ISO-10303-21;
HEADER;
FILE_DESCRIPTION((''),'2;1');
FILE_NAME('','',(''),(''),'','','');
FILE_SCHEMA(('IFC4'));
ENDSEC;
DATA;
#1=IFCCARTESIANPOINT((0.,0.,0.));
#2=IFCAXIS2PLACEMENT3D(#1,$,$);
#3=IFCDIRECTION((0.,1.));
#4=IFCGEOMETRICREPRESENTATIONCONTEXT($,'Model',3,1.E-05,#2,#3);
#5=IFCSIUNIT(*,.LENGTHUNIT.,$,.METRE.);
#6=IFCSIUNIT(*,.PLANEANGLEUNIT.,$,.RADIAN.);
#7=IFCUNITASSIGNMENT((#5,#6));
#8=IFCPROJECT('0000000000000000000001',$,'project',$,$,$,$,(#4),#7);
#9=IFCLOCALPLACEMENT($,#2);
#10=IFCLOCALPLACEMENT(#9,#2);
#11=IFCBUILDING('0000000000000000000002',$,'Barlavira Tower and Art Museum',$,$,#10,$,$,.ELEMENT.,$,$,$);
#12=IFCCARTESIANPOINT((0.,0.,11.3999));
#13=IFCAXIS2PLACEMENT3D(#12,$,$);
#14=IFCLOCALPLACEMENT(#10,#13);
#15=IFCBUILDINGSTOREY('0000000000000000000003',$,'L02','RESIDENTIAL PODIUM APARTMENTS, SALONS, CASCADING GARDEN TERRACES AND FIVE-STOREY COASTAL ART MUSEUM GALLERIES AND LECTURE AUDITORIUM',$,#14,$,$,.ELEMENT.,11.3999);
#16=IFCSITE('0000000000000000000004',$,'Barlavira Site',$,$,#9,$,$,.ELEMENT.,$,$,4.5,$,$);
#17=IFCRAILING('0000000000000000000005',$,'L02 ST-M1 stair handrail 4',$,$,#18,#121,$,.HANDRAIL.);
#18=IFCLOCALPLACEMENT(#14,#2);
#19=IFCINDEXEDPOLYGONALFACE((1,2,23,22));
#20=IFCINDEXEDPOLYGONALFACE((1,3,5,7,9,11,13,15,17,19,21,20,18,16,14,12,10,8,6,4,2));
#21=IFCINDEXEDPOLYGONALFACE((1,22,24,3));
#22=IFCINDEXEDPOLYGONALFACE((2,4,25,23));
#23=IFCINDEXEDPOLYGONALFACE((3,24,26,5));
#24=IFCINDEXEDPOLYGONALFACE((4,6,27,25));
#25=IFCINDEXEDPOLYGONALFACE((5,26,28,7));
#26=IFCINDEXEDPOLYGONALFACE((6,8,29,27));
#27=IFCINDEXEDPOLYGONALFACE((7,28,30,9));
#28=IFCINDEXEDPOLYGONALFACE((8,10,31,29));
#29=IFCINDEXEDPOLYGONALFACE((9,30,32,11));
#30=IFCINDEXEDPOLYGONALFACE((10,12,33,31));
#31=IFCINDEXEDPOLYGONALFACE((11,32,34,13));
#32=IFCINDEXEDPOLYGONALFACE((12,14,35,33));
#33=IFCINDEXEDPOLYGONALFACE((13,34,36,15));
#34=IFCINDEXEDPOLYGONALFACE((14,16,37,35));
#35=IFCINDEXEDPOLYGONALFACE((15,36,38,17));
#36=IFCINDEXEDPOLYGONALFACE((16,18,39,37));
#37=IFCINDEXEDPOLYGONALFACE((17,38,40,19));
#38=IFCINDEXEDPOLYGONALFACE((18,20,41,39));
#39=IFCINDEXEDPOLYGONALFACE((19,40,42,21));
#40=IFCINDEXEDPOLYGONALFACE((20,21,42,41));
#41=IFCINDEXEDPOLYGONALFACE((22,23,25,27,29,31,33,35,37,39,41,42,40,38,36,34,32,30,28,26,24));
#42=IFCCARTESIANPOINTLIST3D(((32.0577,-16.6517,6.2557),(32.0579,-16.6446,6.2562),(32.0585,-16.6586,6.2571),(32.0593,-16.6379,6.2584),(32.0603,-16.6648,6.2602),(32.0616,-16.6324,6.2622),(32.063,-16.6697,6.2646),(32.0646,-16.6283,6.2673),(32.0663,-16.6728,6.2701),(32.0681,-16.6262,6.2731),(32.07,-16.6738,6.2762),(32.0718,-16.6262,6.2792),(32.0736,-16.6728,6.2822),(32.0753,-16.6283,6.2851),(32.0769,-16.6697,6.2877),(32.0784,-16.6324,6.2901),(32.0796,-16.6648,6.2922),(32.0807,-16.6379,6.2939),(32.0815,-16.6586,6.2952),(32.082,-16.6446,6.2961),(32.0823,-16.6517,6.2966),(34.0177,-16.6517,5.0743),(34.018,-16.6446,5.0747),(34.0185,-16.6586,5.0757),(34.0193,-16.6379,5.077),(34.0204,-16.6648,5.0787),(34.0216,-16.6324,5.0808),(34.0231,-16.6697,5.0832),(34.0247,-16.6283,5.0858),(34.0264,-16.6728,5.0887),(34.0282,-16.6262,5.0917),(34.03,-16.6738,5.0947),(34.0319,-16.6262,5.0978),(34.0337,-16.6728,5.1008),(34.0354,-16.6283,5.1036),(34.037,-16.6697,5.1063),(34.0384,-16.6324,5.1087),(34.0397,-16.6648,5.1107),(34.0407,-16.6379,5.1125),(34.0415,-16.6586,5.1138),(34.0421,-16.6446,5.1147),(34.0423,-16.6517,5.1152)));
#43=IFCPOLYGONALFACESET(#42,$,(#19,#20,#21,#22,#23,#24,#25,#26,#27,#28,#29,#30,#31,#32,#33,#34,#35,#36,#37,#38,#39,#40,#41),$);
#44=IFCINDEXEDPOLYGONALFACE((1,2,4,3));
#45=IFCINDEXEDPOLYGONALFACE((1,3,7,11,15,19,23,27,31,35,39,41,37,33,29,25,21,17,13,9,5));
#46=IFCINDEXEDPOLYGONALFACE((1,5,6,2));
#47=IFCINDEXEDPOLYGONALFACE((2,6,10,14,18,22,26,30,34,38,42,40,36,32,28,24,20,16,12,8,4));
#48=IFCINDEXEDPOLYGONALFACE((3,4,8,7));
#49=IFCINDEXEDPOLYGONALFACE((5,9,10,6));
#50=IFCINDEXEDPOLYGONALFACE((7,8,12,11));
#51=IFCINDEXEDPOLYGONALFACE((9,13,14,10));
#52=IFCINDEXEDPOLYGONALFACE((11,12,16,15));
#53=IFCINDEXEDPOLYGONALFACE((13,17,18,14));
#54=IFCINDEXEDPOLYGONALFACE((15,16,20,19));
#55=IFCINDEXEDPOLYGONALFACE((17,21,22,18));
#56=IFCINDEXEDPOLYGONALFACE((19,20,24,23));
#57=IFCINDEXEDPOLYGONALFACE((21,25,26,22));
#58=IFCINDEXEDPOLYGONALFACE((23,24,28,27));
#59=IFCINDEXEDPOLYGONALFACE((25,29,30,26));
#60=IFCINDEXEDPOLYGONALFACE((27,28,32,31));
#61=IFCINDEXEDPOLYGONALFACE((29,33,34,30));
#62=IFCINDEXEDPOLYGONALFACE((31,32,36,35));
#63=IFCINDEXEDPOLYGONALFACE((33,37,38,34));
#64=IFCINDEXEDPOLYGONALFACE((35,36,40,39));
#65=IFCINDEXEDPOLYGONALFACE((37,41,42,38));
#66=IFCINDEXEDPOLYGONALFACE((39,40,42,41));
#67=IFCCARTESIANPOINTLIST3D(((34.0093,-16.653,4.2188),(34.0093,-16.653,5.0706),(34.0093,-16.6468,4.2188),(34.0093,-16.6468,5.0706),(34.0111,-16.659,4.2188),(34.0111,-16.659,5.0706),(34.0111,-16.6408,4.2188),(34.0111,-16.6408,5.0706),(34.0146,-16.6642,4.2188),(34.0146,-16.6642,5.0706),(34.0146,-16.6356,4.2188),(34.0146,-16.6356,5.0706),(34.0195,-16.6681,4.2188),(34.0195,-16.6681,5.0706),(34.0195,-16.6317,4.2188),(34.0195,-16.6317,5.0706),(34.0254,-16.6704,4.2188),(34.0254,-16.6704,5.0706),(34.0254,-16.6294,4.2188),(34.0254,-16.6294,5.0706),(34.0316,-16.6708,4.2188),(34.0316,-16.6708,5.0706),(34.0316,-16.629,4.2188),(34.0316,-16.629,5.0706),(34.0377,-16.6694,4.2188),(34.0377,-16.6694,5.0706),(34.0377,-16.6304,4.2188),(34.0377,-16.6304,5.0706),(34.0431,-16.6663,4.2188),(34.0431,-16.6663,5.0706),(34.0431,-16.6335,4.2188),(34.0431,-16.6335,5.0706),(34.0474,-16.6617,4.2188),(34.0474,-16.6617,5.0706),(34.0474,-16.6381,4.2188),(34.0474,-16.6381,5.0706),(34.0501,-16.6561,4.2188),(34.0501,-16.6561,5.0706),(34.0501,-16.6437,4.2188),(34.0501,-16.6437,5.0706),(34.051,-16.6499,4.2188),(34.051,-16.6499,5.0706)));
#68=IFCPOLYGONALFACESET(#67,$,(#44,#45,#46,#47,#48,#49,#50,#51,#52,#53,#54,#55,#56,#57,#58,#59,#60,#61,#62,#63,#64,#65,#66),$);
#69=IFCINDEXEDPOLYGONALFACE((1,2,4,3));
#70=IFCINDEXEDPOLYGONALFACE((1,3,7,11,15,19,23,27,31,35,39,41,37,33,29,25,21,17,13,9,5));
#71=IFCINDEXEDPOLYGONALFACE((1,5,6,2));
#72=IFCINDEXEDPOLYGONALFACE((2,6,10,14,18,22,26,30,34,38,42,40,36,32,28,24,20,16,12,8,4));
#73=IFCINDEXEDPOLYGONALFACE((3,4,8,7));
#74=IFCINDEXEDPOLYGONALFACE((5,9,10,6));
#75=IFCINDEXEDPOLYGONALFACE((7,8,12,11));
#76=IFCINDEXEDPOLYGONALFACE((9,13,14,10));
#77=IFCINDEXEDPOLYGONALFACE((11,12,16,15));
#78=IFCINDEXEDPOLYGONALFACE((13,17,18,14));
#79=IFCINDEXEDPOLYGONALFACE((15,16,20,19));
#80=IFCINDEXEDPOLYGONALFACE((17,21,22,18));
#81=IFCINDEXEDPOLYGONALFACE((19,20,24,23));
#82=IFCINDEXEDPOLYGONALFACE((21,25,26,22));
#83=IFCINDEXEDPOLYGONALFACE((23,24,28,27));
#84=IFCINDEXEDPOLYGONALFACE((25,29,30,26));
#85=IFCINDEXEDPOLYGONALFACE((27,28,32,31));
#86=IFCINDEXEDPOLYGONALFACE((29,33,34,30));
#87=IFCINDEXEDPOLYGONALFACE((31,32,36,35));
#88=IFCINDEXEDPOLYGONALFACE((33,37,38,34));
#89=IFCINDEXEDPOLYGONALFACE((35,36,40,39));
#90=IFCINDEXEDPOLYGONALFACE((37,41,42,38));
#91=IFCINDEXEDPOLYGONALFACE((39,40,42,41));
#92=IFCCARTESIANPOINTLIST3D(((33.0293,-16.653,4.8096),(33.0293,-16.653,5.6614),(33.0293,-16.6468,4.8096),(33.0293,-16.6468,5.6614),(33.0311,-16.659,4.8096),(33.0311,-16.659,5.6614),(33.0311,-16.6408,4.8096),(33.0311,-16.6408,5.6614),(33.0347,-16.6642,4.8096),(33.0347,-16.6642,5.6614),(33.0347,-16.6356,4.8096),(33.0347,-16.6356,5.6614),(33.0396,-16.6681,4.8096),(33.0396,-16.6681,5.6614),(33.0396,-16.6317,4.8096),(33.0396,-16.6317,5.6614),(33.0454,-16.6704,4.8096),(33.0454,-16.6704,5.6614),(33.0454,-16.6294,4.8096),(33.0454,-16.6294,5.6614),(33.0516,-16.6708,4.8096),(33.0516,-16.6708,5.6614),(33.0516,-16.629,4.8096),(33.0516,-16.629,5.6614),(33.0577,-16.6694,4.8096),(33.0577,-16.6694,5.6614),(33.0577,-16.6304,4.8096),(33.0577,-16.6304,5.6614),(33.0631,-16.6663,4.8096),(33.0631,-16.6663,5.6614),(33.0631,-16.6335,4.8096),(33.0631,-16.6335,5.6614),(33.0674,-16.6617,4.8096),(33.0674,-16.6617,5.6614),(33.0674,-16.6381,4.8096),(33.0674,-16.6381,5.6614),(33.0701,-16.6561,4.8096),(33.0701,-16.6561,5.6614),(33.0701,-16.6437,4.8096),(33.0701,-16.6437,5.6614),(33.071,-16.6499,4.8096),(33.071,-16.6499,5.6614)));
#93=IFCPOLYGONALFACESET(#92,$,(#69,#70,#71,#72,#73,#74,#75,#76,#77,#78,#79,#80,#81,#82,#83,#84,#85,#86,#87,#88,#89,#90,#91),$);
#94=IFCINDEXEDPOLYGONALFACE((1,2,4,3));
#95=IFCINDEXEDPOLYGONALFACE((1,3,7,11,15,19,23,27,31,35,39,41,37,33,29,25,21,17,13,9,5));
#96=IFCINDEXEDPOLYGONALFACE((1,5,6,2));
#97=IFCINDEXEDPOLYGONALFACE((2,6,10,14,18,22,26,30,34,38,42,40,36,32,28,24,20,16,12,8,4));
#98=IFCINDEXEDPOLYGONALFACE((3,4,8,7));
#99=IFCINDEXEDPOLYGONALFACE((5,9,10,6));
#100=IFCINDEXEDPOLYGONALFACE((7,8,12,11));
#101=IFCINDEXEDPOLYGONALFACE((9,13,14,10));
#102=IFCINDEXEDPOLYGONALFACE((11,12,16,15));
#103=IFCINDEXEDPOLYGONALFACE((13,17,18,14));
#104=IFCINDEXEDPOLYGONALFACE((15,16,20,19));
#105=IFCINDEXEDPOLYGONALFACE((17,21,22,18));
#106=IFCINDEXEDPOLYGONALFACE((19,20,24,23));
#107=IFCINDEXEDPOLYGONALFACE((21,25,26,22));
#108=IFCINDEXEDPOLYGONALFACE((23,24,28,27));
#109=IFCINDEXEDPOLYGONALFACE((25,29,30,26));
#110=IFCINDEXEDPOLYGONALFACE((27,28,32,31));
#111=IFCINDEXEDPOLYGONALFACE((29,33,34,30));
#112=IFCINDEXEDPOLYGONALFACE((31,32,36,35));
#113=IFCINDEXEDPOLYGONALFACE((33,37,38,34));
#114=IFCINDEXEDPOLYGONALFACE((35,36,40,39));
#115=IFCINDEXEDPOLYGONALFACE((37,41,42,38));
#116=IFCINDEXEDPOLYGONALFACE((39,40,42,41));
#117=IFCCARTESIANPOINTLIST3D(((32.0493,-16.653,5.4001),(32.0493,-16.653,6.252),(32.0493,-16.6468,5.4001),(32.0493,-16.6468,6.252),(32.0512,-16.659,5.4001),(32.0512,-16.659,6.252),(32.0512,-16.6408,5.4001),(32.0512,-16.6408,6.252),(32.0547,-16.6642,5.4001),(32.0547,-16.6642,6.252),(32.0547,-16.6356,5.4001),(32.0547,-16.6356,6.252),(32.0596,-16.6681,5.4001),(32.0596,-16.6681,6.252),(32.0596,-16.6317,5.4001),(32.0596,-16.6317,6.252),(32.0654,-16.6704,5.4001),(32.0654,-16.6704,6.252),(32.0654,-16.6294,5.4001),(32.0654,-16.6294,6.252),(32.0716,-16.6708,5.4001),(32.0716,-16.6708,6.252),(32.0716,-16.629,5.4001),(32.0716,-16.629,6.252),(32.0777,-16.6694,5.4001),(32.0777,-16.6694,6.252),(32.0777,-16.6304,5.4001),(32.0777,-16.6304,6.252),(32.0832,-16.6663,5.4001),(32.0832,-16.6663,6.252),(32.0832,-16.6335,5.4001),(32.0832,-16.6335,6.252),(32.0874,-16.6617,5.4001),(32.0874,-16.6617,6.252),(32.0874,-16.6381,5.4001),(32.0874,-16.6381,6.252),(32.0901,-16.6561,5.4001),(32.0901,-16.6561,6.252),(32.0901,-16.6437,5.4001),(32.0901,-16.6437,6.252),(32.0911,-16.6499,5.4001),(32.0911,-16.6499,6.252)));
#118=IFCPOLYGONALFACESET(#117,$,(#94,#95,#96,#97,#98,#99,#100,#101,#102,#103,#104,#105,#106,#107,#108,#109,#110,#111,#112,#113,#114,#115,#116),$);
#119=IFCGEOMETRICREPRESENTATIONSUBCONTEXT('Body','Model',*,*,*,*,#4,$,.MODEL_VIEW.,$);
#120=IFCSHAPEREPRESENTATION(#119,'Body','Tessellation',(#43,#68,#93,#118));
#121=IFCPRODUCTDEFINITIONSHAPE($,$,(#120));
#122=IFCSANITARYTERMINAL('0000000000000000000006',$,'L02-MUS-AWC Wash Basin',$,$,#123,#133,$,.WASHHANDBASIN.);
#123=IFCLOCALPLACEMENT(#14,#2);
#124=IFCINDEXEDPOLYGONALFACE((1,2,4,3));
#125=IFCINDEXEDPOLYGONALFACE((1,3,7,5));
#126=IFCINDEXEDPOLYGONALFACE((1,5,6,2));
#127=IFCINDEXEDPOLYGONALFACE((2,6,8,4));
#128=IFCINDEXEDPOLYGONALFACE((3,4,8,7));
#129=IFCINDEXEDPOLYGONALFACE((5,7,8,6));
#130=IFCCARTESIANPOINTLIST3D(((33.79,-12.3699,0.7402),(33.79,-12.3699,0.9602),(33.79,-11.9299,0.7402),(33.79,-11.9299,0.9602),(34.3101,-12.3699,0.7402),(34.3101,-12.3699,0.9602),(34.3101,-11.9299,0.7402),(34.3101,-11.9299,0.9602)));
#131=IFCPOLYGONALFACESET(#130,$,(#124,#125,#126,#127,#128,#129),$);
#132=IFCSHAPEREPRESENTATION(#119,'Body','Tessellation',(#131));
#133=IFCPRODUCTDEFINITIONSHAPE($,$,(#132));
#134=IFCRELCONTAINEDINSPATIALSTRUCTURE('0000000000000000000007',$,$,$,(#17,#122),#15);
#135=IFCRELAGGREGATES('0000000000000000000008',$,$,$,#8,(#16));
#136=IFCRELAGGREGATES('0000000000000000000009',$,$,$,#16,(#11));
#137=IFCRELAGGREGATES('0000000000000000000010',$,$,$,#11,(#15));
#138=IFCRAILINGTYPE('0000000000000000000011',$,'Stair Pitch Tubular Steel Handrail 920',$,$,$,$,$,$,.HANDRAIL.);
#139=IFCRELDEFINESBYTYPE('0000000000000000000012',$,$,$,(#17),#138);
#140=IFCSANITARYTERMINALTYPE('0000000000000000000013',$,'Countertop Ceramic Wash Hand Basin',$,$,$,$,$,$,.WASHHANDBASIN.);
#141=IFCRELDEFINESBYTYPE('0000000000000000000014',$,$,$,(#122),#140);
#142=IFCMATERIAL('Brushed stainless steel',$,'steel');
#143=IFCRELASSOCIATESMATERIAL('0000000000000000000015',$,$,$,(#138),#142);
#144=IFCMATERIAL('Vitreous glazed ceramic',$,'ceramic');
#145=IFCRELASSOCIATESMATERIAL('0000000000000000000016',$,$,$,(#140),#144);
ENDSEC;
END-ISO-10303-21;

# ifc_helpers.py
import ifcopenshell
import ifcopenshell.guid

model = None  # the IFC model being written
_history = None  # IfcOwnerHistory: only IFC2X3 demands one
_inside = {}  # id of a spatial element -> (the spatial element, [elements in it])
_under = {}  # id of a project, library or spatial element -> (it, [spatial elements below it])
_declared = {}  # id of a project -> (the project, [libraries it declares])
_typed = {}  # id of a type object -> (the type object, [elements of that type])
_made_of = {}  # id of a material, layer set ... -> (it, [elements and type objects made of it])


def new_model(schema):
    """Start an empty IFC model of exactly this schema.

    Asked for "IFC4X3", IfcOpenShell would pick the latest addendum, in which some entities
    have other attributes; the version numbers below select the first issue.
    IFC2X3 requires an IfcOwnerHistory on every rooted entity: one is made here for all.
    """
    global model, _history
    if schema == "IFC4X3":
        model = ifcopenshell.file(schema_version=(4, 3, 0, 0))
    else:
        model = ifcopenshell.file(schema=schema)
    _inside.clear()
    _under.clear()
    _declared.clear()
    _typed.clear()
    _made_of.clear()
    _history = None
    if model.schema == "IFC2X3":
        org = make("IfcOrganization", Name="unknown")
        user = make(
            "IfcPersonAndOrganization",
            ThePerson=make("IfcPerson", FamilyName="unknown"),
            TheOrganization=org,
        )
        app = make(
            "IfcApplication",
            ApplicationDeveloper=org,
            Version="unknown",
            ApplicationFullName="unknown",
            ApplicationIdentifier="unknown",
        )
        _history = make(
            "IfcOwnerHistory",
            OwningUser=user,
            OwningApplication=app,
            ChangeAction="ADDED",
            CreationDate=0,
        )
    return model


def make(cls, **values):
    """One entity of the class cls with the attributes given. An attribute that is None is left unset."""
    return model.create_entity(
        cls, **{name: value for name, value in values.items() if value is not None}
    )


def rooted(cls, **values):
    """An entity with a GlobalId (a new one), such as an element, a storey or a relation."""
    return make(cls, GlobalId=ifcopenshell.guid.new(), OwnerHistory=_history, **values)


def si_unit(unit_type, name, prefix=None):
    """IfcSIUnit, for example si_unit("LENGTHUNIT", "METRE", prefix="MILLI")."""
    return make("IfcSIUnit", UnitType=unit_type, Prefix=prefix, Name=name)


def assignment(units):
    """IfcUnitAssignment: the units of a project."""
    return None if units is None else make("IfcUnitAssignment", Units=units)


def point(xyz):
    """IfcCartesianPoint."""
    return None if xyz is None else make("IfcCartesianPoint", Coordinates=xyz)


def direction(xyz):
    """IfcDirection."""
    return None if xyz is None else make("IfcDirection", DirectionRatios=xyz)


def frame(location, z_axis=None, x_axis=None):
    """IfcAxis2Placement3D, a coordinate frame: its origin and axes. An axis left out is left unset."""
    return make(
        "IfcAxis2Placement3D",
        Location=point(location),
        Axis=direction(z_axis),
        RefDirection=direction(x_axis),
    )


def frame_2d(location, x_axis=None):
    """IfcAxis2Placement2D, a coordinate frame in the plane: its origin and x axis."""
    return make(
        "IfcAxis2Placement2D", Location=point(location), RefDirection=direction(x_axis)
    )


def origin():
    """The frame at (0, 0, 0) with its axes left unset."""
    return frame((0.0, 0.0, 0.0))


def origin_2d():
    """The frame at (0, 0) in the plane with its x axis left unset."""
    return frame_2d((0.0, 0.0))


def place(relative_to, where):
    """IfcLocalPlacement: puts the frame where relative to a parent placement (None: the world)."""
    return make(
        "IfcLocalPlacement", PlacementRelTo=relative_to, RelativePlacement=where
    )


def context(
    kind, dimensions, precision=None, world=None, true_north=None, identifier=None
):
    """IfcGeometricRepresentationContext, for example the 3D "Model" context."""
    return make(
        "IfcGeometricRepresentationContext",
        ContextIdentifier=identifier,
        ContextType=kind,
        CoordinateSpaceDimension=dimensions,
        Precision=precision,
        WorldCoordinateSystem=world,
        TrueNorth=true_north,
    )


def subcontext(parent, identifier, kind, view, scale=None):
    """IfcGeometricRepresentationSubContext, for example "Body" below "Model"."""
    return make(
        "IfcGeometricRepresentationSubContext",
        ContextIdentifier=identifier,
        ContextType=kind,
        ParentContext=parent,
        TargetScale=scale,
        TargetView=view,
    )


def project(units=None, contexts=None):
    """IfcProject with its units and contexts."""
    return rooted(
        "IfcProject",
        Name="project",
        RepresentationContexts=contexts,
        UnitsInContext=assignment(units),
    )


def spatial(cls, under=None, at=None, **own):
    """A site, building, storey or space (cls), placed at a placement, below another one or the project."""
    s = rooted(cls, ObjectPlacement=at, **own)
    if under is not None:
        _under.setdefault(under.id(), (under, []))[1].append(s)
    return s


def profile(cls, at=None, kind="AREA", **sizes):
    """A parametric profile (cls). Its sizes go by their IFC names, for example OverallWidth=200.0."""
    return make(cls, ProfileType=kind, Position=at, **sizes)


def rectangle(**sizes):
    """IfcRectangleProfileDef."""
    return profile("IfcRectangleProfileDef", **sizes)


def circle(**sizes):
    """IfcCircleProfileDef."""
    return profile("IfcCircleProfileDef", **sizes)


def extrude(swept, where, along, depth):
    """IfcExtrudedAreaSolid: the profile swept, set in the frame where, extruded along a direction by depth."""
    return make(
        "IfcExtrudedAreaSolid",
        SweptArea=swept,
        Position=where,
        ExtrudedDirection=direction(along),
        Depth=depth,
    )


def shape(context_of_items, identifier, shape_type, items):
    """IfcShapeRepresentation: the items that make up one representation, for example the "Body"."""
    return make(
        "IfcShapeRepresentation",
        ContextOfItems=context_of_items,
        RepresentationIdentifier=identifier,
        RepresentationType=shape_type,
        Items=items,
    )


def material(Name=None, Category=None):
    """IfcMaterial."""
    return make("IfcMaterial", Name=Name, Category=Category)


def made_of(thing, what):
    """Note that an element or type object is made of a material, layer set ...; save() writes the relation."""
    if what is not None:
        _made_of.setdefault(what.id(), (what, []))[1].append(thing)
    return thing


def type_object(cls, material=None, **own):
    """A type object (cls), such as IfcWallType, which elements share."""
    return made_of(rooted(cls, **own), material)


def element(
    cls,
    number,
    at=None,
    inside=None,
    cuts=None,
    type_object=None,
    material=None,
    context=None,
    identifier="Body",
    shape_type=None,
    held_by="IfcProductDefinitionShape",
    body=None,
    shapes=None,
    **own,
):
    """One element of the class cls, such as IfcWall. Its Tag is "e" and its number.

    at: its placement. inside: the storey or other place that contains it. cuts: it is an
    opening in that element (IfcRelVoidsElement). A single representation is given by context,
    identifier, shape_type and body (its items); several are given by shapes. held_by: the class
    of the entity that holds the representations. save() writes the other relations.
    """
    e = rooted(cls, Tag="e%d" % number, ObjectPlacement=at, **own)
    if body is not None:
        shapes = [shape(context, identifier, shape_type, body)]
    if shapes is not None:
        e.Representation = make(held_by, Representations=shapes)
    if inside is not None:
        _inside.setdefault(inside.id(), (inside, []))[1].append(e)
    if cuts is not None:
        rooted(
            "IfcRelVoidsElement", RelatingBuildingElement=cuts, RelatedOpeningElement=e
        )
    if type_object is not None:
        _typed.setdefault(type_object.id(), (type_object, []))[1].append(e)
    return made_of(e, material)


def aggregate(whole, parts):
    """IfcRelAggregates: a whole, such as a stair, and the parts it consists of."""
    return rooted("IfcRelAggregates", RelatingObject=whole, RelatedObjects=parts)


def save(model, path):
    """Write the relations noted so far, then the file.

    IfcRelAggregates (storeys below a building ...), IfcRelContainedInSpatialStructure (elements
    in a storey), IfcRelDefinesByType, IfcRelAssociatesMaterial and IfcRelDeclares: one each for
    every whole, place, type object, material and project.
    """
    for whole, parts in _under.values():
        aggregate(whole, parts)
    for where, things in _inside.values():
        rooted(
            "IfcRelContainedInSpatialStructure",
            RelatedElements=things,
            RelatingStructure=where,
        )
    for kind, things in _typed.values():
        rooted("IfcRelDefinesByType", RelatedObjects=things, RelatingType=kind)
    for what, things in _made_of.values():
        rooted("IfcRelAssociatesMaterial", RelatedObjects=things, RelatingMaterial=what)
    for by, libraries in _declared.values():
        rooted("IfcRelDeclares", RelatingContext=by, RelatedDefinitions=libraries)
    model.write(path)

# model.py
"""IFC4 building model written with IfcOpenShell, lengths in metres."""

from ifc_helpers import new_model, si_unit, direction, frame, origin, origin_2d, place, context, subcontext, project, spatial, rectangle, circle, extrude, material, type_object, element, save


model = new_model("IFC4")

# Units and contexts
model_context = context("Model", 3, precision=1e-05, world=origin(), true_north=direction((0.0, 1.0)))
body_context = subcontext(model_context, "Body", "Model", "MODEL_VIEW")
ifc_project = project(units=[si_unit("LENGTHUNIT", "METRE"), si_unit("PLANEANGLEUNIT", "RADIAN")], contexts=[model_context])

# Site, building, storey
site_placement = place(None, origin())
site = spatial("IfcSite", under=ifc_project, at=site_placement, Name="Barlavira Site", CompositionType="ELEMENT", RefElevation=4.5)
building_placement = place(site_placement, origin())
building = spatial("IfcBuilding", under=site, at=building_placement, Name="Barlavira Tower and Art Museum", CompositionType="ELEMENT")
storey_placement = place(building_placement, frame((0.0, 0.0, 11.3999)))
storey = spatial("IfcBuildingStorey", under=building, at=storey_placement, Name="L02", Description="RESIDENTIAL PODIUM APARTMENTS, SALONS, CASCADING GARDEN TERRACES AND FIVE-STOREY COASTAL ART MUSEUM GALLERIES AND LECTURE AUDITORIUM", CompositionType="ELEMENT", Elevation=11.3999)

# Shared definitions
ifc_material_1 = material(Name="Brushed stainless steel", Category="steel")

# Railing
railing_type_1 = type_object("IfcRailingType", Name="Stair Pitch Tubular Steel Handrail 920", PredefinedType="HANDRAIL", material=ifc_material_1)
railing_1_placement = place(storey_placement, frame((34.03, -16.6499, 4.2188)))
element("IfcRailing", 1, at=railing_1_placement, inside=storey, type_object=railing_type_1, Name="L02 ST-M1 stair handrail 4", PredefinedType="HANDRAIL", context=body_context, shape_type="SweptSolid", body=[
    extrude(circle(Radius=0.0239, at=origin_2d()), frame((0.0, 0.0, 0.876), z_axis=(-0.856446, 0.0, 0.516236), x_axis=(0.0, -1.0, 0.0)), (0.0, 0.0, 1.0), 2.2886),
    extrude(circle(Radius=0.021, at=origin_2d()), origin(), (0.0, 0.0, 1.0), 0.8518),
    extrude(circle(Radius=0.021, at=origin_2d()), frame((-0.98, 0.0, 0.5908)), (0.0, 0.0, 1.0), 0.8518),
    extrude(circle(Radius=0.021, at=origin_2d()), frame((-1.96, 0.0, 1.1814)), (0.0, 0.0, 1.0), 0.8518),
])

# Sanitary terminal
ifc_material_2 = material(Name="Vitreous glazed ceramic", Category="ceramic")
sanitary_terminal_type = type_object("IfcSanitaryTerminalType", Name="Countertop Ceramic Wash Hand Basin", PredefinedType="WASHHANDBASIN", material=ifc_material_2)
sanitary_terminal_placement = place(storey_placement, frame((34.05, -12.1499, 0.7402), z_axis=(0.0, 0.0, 1.0), x_axis=(1.0, 0.0, 0.0)))
element("IfcSanitaryTerminal", 2, at=sanitary_terminal_placement, inside=storey, type_object=sanitary_terminal_type, Name="L02-MUS-AWC Wash Basin", PredefinedType="WASHHANDBASIN", context=body_context, shape_type="SweptSolid", body=[
    extrude(rectangle(XDim=0.52, YDim=0.4399, at=origin_2d()), origin(), (0.0, 0.0, 1.0), 0.22),
])

save(model, "model.ifc")
